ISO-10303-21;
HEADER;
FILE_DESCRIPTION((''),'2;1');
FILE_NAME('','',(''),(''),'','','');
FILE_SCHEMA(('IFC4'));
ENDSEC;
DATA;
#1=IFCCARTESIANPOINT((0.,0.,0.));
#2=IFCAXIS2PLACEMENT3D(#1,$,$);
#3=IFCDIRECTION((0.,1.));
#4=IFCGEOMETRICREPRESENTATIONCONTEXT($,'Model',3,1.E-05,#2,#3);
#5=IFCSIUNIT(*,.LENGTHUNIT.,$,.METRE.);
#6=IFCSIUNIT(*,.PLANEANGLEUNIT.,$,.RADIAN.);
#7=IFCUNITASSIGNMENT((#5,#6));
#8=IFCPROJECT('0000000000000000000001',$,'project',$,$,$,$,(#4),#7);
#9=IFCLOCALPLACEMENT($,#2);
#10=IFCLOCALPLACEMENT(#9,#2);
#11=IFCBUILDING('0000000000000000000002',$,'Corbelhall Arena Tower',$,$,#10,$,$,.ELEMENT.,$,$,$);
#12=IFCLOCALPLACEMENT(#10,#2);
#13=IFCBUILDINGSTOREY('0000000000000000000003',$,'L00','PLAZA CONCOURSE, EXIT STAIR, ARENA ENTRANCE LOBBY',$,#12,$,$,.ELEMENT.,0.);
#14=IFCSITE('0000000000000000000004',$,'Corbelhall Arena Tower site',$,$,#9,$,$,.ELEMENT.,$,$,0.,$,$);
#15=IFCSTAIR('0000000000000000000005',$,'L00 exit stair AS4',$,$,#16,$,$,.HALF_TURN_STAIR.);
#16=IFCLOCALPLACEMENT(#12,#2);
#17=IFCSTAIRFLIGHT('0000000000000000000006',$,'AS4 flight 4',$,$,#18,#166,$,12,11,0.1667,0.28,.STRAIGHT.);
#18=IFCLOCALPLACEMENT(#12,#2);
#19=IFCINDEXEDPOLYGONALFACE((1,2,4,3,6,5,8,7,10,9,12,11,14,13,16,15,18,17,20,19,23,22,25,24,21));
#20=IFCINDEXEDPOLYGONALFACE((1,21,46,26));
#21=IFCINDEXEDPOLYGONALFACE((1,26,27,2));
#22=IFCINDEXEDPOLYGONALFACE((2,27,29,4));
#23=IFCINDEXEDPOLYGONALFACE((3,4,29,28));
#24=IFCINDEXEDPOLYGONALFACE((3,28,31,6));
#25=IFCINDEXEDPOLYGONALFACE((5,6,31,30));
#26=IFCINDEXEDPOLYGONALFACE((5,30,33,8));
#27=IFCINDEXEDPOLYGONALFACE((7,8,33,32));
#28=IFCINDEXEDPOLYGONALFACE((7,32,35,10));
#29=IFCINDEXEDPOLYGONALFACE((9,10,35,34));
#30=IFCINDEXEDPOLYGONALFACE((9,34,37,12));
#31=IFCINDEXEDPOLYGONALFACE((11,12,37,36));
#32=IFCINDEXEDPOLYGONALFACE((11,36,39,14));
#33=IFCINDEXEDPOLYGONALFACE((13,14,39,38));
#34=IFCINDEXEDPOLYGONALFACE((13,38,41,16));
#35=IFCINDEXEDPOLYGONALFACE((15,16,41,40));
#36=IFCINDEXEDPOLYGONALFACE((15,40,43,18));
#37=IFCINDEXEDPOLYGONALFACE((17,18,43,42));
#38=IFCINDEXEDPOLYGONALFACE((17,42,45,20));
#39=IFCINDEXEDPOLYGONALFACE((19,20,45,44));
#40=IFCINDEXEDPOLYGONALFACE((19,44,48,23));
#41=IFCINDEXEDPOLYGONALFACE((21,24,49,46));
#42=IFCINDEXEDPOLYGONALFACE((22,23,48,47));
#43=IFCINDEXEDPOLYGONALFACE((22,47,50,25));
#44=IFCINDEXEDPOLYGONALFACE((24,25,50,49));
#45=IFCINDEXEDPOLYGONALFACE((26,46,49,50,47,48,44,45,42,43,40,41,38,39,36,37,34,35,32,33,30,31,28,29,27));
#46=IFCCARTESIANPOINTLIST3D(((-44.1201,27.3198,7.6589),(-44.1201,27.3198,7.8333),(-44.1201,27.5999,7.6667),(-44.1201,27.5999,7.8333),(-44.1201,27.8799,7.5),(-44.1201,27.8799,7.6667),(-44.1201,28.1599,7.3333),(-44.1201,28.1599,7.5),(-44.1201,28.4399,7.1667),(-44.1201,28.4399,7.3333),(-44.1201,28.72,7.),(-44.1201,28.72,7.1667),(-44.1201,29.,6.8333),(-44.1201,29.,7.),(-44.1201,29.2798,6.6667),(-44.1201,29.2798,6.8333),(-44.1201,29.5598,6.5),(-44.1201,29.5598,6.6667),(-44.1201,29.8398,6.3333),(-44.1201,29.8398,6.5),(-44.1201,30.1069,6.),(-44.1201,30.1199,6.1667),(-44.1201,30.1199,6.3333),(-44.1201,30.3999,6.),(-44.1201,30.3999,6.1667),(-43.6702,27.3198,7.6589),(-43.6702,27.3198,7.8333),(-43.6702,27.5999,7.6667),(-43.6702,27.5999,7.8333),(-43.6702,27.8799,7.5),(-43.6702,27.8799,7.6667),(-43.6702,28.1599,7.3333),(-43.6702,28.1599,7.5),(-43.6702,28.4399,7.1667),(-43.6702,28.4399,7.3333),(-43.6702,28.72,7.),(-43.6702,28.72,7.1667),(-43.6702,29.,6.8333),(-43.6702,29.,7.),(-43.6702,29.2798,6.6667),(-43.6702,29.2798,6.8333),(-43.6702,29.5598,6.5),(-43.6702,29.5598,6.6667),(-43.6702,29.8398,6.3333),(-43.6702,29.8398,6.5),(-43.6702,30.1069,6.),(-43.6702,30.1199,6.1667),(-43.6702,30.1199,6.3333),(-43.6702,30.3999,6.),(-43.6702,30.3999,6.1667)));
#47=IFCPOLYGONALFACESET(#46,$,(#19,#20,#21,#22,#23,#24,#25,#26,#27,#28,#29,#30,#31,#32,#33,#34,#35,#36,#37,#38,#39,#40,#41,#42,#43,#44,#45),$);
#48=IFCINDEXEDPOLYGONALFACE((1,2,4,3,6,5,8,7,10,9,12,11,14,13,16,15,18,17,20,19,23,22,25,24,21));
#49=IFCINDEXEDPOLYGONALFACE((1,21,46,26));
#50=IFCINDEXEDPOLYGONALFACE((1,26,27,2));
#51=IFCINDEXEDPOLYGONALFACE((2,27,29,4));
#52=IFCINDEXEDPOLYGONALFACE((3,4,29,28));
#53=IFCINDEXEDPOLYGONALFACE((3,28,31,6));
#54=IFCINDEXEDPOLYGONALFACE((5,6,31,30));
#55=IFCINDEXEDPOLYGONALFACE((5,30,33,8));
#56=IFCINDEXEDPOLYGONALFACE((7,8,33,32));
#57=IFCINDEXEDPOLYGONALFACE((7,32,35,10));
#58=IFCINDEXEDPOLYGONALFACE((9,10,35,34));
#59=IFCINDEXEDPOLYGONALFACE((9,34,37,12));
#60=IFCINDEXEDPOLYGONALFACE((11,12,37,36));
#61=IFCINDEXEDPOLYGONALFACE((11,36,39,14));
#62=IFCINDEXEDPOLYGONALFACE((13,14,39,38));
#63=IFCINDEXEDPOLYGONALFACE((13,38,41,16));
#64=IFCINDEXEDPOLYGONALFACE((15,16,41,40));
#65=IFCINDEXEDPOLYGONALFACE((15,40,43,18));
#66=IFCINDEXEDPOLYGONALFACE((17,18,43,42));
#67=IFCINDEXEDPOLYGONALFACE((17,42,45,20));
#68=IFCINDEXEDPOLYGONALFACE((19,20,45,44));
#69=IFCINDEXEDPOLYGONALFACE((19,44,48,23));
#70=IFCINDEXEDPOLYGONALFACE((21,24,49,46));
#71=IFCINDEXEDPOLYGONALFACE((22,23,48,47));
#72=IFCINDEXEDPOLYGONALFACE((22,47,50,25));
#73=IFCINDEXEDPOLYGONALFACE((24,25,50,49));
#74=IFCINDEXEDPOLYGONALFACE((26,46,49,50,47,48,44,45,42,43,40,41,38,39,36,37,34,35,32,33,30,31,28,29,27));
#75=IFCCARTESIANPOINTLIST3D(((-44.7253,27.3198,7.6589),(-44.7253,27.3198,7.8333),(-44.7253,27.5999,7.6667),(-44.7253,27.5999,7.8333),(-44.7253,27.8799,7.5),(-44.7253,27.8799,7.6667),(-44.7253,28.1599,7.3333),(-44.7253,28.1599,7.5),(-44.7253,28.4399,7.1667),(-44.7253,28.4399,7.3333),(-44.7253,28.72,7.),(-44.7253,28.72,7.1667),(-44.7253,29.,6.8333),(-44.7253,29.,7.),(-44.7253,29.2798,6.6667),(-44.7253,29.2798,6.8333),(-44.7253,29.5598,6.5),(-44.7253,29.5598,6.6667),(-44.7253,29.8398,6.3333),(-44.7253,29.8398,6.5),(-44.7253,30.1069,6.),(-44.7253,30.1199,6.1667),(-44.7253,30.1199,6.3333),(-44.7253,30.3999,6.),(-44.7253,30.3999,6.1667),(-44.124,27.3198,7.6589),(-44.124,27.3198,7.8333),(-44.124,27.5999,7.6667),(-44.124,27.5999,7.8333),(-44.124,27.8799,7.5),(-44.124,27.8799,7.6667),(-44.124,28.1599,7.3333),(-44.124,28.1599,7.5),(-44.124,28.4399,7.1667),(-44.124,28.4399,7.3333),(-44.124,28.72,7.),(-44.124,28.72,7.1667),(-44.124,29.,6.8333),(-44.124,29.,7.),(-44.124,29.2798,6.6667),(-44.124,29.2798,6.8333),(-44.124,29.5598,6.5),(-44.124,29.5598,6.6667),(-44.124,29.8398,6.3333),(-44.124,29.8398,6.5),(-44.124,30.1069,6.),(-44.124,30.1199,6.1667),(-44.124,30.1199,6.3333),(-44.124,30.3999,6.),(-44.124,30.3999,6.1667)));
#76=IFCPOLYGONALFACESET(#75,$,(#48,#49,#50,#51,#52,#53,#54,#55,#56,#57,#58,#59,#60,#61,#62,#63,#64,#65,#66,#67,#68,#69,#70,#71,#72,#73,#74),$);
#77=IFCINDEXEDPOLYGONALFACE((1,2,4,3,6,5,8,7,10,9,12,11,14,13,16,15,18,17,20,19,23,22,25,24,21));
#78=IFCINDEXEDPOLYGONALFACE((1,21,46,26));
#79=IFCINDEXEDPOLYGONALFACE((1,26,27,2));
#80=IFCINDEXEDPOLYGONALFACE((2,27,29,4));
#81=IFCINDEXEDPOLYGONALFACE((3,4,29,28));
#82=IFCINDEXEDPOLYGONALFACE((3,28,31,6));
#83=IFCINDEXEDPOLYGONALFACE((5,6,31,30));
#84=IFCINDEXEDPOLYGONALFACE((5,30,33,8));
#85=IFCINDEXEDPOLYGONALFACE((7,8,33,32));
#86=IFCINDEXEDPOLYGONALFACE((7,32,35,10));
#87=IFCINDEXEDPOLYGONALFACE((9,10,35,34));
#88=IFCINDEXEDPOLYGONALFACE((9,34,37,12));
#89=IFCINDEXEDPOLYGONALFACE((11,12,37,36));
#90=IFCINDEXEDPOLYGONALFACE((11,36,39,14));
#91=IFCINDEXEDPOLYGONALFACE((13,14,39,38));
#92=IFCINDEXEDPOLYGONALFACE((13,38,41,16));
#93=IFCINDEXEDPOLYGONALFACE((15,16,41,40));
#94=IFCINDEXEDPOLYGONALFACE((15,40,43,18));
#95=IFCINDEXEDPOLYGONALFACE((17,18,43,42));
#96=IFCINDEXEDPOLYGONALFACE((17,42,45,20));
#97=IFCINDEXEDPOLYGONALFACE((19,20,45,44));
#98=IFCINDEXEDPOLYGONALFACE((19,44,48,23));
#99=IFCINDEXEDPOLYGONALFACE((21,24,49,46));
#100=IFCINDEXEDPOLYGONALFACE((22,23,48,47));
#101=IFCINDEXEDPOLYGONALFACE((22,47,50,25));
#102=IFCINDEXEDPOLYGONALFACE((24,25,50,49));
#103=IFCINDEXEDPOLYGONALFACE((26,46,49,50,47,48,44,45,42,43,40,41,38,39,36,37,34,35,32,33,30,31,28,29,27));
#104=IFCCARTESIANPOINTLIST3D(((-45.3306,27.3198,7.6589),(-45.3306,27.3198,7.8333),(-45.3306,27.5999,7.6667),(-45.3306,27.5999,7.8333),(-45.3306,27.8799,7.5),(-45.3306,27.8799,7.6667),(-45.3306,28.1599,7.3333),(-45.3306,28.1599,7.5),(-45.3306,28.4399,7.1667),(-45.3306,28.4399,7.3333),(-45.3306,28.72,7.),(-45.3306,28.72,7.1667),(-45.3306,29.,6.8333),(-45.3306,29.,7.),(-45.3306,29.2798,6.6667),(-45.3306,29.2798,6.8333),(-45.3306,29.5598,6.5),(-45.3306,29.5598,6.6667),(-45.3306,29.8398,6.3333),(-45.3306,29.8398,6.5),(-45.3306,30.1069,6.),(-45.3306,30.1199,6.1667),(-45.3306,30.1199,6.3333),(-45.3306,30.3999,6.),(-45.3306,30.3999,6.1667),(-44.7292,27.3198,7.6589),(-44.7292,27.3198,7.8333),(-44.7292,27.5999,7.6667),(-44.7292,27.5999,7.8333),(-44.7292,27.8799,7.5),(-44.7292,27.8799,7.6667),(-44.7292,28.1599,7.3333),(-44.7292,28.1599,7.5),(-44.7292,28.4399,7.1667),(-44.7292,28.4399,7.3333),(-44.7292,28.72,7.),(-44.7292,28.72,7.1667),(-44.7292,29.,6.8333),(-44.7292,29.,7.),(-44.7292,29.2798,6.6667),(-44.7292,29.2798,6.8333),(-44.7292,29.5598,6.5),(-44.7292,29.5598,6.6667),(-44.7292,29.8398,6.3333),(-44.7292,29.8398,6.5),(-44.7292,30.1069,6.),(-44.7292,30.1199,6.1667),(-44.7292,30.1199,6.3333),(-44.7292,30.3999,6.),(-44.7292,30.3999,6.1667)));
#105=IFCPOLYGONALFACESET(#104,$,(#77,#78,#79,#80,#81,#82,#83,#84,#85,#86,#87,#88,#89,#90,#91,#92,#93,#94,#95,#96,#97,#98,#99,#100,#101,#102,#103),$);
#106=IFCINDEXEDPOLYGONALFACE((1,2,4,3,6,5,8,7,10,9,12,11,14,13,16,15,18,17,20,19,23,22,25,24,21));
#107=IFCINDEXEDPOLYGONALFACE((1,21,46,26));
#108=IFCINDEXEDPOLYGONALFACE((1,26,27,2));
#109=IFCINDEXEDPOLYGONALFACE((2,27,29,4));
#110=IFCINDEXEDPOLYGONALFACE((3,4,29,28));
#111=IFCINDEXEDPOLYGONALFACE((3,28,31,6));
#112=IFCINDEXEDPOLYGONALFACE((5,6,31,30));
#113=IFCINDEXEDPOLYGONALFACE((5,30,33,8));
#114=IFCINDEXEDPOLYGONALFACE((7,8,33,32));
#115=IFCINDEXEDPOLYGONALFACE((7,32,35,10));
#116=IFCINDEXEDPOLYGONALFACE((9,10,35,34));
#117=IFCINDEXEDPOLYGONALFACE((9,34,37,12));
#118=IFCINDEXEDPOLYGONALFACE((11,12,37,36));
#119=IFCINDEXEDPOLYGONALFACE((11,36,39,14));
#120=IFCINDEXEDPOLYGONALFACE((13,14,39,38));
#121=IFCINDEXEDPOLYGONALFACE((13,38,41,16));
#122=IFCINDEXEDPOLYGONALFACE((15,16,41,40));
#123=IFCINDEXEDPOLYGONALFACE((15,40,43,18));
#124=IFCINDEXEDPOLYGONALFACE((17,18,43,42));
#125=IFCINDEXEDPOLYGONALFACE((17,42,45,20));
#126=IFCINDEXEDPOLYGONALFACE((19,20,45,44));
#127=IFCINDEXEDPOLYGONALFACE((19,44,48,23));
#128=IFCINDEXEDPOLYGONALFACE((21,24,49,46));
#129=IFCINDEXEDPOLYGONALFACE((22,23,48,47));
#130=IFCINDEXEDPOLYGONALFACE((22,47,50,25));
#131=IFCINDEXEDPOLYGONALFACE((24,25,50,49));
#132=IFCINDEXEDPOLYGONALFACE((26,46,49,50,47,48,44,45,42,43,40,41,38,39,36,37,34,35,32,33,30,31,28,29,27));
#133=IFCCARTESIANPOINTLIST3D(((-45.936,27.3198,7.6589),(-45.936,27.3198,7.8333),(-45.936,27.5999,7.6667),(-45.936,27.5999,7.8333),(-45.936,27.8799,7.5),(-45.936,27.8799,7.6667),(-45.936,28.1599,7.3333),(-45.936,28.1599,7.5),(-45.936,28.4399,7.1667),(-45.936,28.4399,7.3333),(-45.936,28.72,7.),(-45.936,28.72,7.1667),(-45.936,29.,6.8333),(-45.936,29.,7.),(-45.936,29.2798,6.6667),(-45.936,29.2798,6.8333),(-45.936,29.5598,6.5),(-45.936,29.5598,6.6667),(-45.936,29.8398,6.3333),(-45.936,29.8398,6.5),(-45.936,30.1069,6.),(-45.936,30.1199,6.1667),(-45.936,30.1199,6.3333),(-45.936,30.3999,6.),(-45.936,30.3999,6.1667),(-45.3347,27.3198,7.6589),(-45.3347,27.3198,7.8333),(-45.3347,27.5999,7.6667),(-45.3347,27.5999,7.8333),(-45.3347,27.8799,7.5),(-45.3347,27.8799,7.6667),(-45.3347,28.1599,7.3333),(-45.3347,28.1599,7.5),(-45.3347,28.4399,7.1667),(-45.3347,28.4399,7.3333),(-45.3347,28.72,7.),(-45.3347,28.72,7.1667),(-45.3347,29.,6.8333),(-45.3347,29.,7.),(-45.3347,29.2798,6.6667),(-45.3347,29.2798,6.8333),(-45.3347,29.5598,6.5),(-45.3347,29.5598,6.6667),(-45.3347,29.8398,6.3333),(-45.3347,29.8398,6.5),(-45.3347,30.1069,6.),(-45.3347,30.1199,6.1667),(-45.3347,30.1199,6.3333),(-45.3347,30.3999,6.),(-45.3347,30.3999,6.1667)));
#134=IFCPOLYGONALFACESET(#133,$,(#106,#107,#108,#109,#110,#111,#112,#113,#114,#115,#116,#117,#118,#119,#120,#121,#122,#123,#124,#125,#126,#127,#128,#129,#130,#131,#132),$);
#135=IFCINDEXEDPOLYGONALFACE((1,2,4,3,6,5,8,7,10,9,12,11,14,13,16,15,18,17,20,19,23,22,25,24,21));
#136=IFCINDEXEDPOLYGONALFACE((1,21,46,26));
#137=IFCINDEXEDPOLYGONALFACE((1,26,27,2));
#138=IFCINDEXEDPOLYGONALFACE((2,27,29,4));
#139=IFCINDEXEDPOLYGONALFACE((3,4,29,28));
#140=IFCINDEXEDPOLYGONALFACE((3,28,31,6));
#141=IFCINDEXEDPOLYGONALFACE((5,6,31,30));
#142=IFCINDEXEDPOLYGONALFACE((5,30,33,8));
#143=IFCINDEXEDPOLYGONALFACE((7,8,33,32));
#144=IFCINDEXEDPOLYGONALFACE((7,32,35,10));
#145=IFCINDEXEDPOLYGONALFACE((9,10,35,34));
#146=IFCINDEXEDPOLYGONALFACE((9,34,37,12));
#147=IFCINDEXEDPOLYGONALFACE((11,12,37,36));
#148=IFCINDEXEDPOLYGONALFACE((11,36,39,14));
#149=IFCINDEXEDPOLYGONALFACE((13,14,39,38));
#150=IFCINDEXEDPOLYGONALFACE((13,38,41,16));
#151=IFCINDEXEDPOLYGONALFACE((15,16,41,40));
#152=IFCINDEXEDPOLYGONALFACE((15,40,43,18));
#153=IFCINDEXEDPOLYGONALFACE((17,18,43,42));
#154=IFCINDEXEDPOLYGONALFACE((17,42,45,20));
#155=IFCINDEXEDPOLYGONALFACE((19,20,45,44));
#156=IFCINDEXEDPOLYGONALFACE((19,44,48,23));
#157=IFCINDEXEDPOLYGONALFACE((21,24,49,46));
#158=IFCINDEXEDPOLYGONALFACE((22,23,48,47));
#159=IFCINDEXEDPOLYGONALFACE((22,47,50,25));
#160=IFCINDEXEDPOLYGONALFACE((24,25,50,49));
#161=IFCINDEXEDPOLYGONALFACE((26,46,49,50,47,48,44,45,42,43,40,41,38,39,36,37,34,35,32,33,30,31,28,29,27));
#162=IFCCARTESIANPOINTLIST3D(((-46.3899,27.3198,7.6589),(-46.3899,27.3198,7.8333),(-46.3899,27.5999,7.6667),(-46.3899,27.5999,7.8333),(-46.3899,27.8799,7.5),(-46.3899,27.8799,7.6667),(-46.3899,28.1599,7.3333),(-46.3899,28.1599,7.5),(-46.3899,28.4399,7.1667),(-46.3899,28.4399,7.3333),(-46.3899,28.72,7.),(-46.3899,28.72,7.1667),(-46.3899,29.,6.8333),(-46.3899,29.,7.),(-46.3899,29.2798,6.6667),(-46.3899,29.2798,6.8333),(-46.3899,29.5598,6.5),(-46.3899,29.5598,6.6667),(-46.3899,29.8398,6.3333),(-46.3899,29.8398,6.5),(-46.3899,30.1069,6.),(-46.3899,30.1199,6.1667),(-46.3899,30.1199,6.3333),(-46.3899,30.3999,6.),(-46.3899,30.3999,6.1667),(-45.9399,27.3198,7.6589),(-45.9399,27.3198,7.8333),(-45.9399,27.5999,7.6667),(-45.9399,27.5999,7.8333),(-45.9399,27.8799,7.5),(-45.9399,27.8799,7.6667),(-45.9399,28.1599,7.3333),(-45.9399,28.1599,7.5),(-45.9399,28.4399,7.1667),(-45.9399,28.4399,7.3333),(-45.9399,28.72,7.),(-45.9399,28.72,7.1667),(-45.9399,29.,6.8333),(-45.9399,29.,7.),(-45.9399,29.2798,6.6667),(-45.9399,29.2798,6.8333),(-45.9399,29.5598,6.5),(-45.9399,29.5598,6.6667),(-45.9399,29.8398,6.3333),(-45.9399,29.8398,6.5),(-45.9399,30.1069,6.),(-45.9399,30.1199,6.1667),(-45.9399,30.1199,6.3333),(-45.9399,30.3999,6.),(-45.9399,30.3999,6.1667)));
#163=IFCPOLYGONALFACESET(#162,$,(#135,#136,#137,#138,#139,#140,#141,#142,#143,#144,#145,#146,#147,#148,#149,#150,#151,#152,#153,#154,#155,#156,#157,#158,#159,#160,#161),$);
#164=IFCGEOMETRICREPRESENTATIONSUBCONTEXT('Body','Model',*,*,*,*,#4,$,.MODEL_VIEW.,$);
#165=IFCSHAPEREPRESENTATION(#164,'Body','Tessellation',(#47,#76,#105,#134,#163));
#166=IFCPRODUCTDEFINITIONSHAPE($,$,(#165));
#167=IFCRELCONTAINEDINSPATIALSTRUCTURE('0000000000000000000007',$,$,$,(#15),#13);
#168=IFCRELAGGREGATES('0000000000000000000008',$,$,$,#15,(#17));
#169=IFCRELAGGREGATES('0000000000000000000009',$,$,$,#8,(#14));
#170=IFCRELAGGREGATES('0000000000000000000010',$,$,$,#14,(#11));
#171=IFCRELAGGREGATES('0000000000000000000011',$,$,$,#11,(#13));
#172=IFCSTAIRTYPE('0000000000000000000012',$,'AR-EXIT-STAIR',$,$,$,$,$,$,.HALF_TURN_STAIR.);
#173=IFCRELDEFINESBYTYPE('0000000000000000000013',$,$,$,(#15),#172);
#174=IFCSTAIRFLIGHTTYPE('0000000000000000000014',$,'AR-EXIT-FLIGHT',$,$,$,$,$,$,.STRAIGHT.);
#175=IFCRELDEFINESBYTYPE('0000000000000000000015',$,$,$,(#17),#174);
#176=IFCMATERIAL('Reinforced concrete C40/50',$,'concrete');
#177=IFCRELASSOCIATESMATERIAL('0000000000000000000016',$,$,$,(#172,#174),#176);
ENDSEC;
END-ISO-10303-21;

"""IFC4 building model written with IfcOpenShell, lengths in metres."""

from ifc_helpers import new_model, si_unit, direction, frame, origin, place, context, subcontext, project, spatial, polyline, outline, extrude, material, type_object, element, aggregate, save


model = new_model("IFC4")

# Units and contexts
model_context = context("Model", 3, precision=1e-05, world=origin(), true_north=direction((0.0, 1.0)))
body_context = subcontext(model_context, "Body", "Model", "MODEL_VIEW")
ifc_project = project(units=[si_unit("LENGTHUNIT", "METRE"), si_unit("PLANEANGLEUNIT", "RADIAN")], contexts=[model_context])

# Site, building, storey
site_placement = place(None, origin())
site = spatial("IfcSite", under=ifc_project, at=site_placement, Name="Corbelhall Arena Tower site", CompositionType="ELEMENT", RefElevation=0.0)
building_placement = place(site_placement, origin())
building = spatial("IfcBuilding", under=site, at=building_placement, Name="Corbelhall Arena Tower", CompositionType="ELEMENT")
storey_placement = place(building_placement, origin())
storey = spatial("IfcBuildingStorey", under=building, at=storey_placement, Name="L00", Description="PLAZA CONCOURSE, EXIT STAIR, ARENA ENTRANCE LOBBY", CompositionType="ELEMENT", Elevation=0.0)

# Shared definitions
ifc_material_1 = material(Name="Reinforced concrete C40/50", Category="concrete")

# Stair, stair flight
stair_type = type_object("IfcStairType", Name="AR-EXIT-STAIR", PredefinedType="HALF_TURN_STAIR", material=ifc_material_1)
stair_flight_type = type_object("IfcStairFlightType", Name="AR-EXIT-FLIGHT", PredefinedType="STRAIGHT", material=ifc_material_1)
stair_1_placement = place(storey_placement, origin())
stair_1 = element("IfcStair", 1, at=stair_1_placement, inside=storey, type_object=stair_type, Name="L00 exit stair AS4", PredefinedType="HALF_TURN_STAIR")
stair_flight_1_placement = place(storey_placement, frame((-45.03, 30.3999, 6.0), z_axis=(0.0, 0.0, 1.0), x_axis=(0.0, -1.0, 0.0)))
stair_flight_1 = element("IfcStairFlight", 2, at=stair_flight_1_placement, type_object=stair_flight_type, Name="AS4 flight 4", NumberOfRisers=12, NumberOfTreads=11, PredefinedType="STRAIGHT", RiserHeight=0.1667, TreadLength=0.28, context=body_context, shape_type="SweptSolid", body=[
    extrude(outline(polyline([(0.0, 0.0), (0.0, 0.1667), (0.28, 0.1667), (0.28, 0.3333), (0.5601, 0.3333), (0.5601, 0.5), (0.8401, 0.5), (0.8401, 0.6667), (1.1201, 0.6667), (1.1201, 0.8333), (1.3999, 0.8333), (1.3999, 1.0), (1.6799, 1.0), (1.6799, 1.1667), (1.96, 1.1667), (1.96, 1.3333), (2.24, 1.3333), (2.24, 1.5), (2.52, 1.5), (2.52, 1.6667), (2.8, 1.6667), (2.8, 1.8333), (3.0801, 1.8333), (3.0801, 2.0), (3.0801, 1.6589), (0.293, 0.0), (0.0, 0.0)])), frame((0.0, 1.3599, 0.0), z_axis=(0.0, -1.0, 0.0), x_axis=(1.0, 0.0, 0.0)), (0.0, 0.0, 1.0), 0.45),
    extrude(outline(polyline([(0.0, 0.0), (0.0, 0.1667), (0.28, 0.1667), (0.28, 0.3333), (0.5601, 0.3333), (0.5601, 0.5), (0.8401, 0.5), (0.8401, 0.6667), (1.1201, 0.6667), (1.1201, 0.8333), (1.3999, 0.8333), (1.3999, 1.0), (1.6799, 1.0), (1.6799, 1.1667), (1.96, 1.1667), (1.96, 1.3333), (2.24, 1.3333), (2.24, 1.5), (2.52, 1.5), (2.52, 1.6667), (2.8, 1.6667), (2.8, 1.8333), (3.0801, 1.8333), (3.0801, 2.0), (3.0801, 1.6589), (0.293, 0.0), (0.0, 0.0)])), frame((0.0, 0.906, 0.0), z_axis=(0.0, -1.0, 0.0), x_axis=(1.0, 0.0, 0.0)), (0.0, 0.0, 1.0), 0.6013),
    extrude(outline(polyline([(0.0, 0.0), (0.0, 0.1667), (0.28, 0.1667), (0.28, 0.3333), (0.5601, 0.3333), (0.5601, 0.5), (0.8401, 0.5), (0.8401, 0.6667), (1.1201, 0.6667), (1.1201, 0.8333), (1.3999, 0.8333), (1.3999, 1.0), (1.6799, 1.0), (1.6799, 1.1667), (1.96, 1.1667), (1.96, 1.3333), (2.24, 1.3333), (2.24, 1.5), (2.52, 1.5), (2.52, 1.6667), (2.8, 1.6667), (2.8, 1.8333), (3.0801, 1.8333), (3.0801, 2.0), (3.0801, 1.6589), (0.293, 0.0), (0.0, 0.0)])), frame((0.0, 0.3008, 0.0), z_axis=(0.0, -1.0, 0.0), x_axis=(1.0, 0.0, 0.0)), (0.0, 0.0, 1.0), 0.6013),
    extrude(outline(polyline([(0.0, 0.0), (0.0, 0.1667), (0.28, 0.1667), (0.28, 0.3333), (0.5601, 0.3333), (0.5601, 0.5), (0.8401, 0.5), (0.8401, 0.6667), (1.1201, 0.6667), (1.1201, 0.8333), (1.3999, 0.8333), (1.3999, 1.0), (1.6799, 1.0), (1.6799, 1.1667), (1.96, 1.1667), (1.96, 1.3333), (2.24, 1.3333), (2.24, 1.5), (2.52, 1.5), (2.52, 1.6667), (2.8, 1.6667), (2.8, 1.8333), (3.0801, 1.8333), (3.0801, 2.0), (3.0801, 1.6589), (0.293, 0.0), (0.0, 0.0)])), frame((0.0, -0.3047, 0.0), z_axis=(0.0, -1.0, 0.0), x_axis=(1.0, 0.0, 0.0)), (0.0, 0.0, 1.0), 0.6013),
    extrude(outline(polyline([(0.0, 0.0), (0.0, 0.1667), (0.28, 0.1667), (0.28, 0.3333), (0.5601, 0.3333), (0.5601, 0.5), (0.8401, 0.5), (0.8401, 0.6667), (1.1201, 0.6667), (1.1201, 0.8333), (1.3999, 0.8333), (1.3999, 1.0), (1.6799, 1.0), (1.6799, 1.1667), (1.96, 1.1667), (1.96, 1.3333), (2.24, 1.3333), (2.24, 1.5), (2.52, 1.5), (2.52, 1.6667), (2.8, 1.6667), (2.8, 1.8333), (3.0801, 1.8333), (3.0801, 2.0), (3.0801, 1.6589), (0.293, 0.0), (0.0, 0.0)])), frame((0.0, -0.9099, 0.0), z_axis=(0.0, -1.0, 0.0), x_axis=(1.0, 0.0, 0.0)), (0.0, 0.0, 1.0), 0.45),
])
aggregate(stair_1, [stair_flight_1])

save(model, "model.ifc")
